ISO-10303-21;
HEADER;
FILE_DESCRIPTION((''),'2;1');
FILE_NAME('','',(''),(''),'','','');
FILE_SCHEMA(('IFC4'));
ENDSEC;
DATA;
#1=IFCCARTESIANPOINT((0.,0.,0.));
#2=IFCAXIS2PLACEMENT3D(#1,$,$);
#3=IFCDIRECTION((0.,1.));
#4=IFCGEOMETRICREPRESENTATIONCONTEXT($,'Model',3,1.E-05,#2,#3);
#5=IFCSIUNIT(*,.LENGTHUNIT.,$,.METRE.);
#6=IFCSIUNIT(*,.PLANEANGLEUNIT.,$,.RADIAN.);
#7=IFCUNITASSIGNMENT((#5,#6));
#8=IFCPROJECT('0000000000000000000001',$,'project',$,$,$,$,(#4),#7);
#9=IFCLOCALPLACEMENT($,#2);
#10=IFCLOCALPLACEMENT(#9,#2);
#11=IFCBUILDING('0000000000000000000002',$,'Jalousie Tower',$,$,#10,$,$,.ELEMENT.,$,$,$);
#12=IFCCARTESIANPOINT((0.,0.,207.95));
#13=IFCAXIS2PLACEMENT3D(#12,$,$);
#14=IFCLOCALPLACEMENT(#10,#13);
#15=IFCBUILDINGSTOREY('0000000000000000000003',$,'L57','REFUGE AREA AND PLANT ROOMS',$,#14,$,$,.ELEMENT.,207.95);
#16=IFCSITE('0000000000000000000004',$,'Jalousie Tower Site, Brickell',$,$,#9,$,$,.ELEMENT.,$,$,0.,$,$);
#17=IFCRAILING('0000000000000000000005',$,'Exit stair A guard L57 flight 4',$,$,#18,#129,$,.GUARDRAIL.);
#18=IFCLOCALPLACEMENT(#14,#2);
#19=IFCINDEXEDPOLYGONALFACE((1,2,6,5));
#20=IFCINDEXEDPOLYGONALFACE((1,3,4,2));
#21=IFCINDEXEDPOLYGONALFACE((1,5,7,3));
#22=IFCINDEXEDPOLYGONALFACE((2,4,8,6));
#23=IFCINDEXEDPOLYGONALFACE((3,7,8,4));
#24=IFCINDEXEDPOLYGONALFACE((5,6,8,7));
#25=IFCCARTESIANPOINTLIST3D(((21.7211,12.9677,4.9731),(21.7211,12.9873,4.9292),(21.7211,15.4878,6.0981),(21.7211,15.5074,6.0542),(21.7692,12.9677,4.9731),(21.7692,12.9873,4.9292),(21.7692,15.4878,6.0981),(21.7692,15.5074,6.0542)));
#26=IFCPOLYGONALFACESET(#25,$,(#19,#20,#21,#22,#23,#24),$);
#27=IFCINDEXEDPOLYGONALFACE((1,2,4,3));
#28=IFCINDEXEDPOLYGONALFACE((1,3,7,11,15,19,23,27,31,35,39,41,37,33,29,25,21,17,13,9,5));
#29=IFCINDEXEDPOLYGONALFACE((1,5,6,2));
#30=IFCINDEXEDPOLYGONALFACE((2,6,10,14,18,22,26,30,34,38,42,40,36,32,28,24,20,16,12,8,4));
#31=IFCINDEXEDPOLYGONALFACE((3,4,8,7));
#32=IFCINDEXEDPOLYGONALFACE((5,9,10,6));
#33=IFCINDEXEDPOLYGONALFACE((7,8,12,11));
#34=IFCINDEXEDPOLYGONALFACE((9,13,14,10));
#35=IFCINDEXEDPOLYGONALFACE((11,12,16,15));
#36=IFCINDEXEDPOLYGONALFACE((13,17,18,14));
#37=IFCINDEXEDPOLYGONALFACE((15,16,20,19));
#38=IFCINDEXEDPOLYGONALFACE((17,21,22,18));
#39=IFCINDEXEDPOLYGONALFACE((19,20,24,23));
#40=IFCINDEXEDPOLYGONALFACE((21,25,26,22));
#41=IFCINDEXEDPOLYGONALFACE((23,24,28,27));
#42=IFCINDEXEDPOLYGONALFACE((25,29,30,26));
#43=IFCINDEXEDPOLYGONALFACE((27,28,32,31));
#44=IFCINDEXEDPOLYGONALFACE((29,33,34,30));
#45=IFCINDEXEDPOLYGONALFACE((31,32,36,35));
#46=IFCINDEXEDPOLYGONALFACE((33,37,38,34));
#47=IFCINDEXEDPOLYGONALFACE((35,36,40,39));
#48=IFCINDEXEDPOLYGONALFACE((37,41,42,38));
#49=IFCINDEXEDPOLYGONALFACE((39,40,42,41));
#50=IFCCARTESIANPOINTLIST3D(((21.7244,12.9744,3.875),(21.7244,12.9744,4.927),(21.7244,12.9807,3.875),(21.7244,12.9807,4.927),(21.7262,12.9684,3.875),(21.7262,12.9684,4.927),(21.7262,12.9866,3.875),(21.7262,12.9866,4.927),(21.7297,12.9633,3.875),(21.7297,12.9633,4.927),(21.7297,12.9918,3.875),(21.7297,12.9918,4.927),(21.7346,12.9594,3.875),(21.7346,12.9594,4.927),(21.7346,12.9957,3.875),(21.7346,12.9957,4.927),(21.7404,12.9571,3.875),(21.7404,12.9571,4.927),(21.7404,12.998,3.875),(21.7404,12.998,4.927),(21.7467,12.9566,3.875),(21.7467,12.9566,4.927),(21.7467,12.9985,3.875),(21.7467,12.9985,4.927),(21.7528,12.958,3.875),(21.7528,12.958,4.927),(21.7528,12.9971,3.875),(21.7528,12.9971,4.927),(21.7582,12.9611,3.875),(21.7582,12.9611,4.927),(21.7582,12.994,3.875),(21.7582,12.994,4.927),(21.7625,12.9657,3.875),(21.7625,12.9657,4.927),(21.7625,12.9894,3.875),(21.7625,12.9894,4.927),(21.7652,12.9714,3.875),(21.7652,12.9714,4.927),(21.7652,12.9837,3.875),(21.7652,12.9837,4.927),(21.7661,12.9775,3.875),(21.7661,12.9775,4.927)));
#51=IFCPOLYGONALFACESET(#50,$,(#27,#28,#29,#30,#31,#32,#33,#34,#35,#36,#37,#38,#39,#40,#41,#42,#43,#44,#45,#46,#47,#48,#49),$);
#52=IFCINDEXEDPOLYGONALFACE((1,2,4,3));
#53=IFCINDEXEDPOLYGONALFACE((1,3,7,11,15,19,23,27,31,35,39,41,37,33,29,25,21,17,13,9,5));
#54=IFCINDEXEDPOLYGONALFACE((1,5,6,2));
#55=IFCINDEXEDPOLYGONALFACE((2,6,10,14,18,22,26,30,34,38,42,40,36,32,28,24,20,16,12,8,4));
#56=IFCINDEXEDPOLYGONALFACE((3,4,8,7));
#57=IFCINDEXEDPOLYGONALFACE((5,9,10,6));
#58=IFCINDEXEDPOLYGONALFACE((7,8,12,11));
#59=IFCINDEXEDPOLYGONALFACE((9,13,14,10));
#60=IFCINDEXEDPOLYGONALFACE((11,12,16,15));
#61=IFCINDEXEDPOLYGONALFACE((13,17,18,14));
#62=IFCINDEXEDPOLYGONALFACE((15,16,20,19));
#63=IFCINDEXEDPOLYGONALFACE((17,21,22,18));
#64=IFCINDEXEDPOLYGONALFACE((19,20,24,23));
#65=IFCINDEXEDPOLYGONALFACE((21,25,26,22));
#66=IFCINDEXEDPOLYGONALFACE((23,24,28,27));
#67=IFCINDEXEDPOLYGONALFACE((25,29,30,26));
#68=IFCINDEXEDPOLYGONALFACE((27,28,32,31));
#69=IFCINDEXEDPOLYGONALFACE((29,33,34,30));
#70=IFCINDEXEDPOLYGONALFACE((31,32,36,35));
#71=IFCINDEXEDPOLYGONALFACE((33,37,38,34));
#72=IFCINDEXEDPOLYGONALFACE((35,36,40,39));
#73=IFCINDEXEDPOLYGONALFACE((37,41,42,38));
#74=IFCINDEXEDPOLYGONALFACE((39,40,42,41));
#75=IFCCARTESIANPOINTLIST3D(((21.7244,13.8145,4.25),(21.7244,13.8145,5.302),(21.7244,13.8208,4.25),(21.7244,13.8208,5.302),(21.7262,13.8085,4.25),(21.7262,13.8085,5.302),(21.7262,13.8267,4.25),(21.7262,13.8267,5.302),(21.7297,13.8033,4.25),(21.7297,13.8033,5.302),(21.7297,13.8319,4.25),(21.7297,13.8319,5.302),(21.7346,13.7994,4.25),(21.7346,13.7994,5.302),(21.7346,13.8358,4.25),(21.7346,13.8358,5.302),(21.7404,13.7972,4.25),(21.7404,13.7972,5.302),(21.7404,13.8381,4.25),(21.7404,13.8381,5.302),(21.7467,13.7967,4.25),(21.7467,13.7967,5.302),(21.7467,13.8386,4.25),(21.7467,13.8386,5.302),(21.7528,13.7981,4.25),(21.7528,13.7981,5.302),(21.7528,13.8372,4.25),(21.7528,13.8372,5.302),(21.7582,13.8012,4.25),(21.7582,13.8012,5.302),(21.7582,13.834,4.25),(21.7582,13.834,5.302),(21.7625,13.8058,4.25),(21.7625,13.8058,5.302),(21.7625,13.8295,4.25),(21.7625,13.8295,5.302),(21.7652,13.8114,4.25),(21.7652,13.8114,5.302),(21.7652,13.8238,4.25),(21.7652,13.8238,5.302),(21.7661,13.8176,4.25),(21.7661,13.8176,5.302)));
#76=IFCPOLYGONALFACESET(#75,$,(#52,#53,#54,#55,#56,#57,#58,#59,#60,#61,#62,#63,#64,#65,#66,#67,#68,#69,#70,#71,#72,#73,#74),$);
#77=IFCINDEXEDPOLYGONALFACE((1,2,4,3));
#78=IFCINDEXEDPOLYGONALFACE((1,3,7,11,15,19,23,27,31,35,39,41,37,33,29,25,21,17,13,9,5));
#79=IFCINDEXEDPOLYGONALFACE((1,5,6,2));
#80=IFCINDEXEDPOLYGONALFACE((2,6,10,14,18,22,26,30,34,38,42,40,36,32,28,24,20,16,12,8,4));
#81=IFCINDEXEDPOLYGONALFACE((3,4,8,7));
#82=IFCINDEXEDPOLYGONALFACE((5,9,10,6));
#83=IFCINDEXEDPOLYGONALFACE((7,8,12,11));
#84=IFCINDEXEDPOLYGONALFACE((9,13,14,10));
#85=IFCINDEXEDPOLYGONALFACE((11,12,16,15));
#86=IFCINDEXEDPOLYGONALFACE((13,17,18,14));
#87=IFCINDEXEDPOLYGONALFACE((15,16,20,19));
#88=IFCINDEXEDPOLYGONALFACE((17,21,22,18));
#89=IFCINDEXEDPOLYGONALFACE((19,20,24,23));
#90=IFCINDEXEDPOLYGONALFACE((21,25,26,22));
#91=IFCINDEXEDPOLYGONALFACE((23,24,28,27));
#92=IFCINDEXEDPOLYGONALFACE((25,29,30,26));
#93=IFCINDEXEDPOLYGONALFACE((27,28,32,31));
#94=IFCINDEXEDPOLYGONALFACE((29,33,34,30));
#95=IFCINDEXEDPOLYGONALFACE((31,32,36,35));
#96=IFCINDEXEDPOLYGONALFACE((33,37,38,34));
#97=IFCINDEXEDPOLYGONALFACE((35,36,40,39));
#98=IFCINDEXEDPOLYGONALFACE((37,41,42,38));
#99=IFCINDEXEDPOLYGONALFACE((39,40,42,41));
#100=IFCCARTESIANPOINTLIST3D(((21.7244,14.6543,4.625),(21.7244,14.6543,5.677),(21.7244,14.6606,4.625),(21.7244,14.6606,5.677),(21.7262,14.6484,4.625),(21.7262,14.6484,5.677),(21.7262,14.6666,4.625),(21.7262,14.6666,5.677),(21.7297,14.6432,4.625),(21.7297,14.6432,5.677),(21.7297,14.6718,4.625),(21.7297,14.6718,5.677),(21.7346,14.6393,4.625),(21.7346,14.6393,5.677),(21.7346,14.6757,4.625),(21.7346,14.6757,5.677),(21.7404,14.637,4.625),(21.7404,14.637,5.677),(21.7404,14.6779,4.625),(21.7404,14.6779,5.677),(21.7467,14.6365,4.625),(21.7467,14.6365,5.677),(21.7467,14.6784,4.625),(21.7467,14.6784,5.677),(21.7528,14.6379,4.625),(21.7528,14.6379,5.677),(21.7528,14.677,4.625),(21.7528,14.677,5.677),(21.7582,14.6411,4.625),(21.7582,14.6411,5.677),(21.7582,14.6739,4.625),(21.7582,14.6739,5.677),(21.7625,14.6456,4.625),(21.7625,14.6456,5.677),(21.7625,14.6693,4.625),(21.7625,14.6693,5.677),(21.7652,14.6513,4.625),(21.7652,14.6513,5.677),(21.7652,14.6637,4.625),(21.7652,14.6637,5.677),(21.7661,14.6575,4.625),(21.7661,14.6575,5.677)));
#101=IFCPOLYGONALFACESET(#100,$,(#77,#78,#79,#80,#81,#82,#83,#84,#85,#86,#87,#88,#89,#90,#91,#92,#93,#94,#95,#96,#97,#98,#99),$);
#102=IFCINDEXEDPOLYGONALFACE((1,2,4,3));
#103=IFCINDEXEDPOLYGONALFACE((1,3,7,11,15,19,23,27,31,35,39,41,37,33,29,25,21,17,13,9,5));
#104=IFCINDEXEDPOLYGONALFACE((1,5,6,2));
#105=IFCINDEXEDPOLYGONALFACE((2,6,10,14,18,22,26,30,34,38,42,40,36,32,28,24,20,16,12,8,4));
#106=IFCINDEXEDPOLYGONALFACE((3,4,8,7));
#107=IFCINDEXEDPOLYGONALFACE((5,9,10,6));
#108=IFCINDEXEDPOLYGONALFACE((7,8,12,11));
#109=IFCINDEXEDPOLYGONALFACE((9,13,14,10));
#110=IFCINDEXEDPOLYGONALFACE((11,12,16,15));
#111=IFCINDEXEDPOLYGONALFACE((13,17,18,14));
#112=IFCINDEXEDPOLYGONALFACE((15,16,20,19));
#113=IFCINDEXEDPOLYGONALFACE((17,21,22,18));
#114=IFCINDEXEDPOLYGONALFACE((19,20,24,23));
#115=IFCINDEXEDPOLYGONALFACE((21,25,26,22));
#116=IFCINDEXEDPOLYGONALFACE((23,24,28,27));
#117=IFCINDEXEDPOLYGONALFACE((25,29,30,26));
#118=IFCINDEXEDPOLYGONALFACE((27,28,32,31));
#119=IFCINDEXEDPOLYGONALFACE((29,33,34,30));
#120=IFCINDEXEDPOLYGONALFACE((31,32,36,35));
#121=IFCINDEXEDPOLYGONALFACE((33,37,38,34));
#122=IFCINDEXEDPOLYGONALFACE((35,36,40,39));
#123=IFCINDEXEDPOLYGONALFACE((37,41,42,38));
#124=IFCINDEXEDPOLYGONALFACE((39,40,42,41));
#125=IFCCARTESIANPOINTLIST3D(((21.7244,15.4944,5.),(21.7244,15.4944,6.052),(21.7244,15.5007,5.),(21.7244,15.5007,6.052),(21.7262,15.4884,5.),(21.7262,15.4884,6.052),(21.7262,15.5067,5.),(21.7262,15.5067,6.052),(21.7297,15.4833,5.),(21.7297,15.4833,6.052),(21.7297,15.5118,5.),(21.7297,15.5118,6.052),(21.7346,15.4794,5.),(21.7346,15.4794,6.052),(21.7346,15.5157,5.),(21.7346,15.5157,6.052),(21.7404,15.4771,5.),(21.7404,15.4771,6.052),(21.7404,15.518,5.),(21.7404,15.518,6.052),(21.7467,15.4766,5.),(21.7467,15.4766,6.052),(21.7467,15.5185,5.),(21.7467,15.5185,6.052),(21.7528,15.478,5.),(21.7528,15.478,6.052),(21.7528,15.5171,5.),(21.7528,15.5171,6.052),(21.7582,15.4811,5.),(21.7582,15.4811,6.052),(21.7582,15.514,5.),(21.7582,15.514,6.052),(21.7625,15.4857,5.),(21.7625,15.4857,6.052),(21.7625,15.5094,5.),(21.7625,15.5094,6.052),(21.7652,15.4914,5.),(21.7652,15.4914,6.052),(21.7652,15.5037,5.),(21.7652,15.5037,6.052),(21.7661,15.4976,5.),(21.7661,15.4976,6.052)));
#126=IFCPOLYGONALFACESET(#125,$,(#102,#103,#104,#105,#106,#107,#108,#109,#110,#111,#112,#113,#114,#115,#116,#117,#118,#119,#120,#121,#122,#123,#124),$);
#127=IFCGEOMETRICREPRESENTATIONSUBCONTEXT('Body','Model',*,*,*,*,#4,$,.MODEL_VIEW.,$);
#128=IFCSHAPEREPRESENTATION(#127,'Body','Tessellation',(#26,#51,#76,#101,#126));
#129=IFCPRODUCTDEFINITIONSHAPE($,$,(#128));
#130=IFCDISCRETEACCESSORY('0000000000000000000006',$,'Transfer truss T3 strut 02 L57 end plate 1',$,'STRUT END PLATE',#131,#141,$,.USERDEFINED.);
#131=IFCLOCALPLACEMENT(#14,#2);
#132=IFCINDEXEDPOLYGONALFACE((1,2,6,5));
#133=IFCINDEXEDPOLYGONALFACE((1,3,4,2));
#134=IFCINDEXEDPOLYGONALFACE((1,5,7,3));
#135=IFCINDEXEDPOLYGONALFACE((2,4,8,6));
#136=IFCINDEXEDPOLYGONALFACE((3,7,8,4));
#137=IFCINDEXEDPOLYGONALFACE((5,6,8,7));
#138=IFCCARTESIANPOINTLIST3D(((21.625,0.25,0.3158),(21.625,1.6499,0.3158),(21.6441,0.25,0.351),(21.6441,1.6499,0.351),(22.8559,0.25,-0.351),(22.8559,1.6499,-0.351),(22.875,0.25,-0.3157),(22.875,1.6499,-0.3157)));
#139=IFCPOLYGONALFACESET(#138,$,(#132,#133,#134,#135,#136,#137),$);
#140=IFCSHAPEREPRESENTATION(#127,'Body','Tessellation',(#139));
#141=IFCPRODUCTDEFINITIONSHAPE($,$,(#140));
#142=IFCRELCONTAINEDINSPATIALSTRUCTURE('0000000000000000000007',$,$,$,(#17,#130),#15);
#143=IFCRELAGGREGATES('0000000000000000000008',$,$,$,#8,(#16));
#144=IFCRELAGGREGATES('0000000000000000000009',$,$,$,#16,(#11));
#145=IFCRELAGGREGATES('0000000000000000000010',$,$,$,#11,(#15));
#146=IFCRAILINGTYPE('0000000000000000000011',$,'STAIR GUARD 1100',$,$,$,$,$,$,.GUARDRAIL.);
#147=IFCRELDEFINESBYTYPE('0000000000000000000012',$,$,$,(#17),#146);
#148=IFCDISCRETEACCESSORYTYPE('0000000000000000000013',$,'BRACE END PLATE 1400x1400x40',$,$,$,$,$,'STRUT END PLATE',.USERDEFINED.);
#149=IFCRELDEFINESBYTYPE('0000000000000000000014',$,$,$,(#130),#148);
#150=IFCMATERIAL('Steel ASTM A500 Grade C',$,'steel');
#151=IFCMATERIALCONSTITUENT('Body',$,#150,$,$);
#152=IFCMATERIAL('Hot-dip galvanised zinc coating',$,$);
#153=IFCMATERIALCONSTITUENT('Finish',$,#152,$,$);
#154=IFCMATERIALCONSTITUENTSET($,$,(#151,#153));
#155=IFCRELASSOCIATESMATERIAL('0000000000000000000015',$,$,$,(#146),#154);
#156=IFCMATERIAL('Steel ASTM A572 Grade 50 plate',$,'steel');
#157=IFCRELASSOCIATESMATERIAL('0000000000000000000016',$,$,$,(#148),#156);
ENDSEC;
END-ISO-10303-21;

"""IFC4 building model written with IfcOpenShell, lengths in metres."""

from ifc_helpers import new_model, si_unit, direction, frame, origin, origin_2d, place, context, subcontext, project, spatial, rectangle, circle, extrude, material, constituent, constituent_set, material_profile, profile_set, type_object, element, save


model = new_model("IFC4")

# Units and contexts
model_context = context("Model", 3, precision=1e-05, world=origin(), true_north=direction((0.0, 1.0)))
body_context = subcontext(model_context, "Body", "Model", "MODEL_VIEW")
ifc_project = project(units=[si_unit("LENGTHUNIT", "METRE"), si_unit("PLANEANGLEUNIT", "RADIAN")], contexts=[model_context])

# Site, building, storey
site_placement = place(None, origin())
site = spatial("IfcSite", under=ifc_project, at=site_placement, Name="Jalousie Tower Site, Brickell", CompositionType="ELEMENT", RefElevation=0.0)
building_placement = place(site_placement, origin())
building = spatial("IfcBuilding", under=site, at=building_placement, Name="Jalousie Tower", CompositionType="ELEMENT")
storey_placement = place(building_placement, frame((0.0, 0.0, 207.95)))
storey = spatial("IfcBuildingStorey", under=building, at=storey_placement, Name="L57", Description="REFUGE AREA AND PLANT ROOMS", CompositionType="ELEMENT", Elevation=207.95)

# Railing
ifc_material_1 = material(Name="Steel ASTM A500 Grade C", Category="steel")
ifc_constituent_1 = constituent(ifc_material_1, Name="Body")
ifc_material_2 = material(Name="Hot-dip galvanised zinc coating")
ifc_constituent_2 = constituent(ifc_material_2, Name="Finish")
ifc_constituent_set = constituent_set(constituents=[ifc_constituent_1, ifc_constituent_2])
railing_type_1 = type_object("IfcRailingType", Name="STAIR GUARD 1100", PredefinedType="GUARDRAIL", material=ifc_constituent_set)
for number, where, name in (
    (1, (21.7451, 12.9775, 3.875), "Exit stair A guard L57 flight 4"),
):
    element("IfcRailing", number, at=place(storey_placement, frame(where)), inside=storey, type_object=railing_type_1, Name=name, PredefinedType="GUARDRAIL", context=body_context, shape_type="SweptSolid", body=[
        extrude(rectangle(XDim=0.0481, YDim=0.0481, at=origin_2d()), frame((0.0, 0.0, 1.0762), z_axis=(0.0, 0.913139, 0.407648), x_axis=(-1.0, 0.0, 0.0)), (0.0, 0.0, 1.0), 2.7598),
        extrude(circle(Radius=0.021, at=origin_2d()), origin(), (0.0, 0.0, 1.0), 1.052),
        extrude(circle(Radius=0.021, at=origin_2d()), frame((0.0, 0.8401, 0.375)), (0.0, 0.0, 1.0), 1.052),
        extrude(circle(Radius=0.021, at=origin_2d()), frame((0.0, 1.6799, 0.75)), (0.0, 0.0, 1.0), 1.052),
        extrude(circle(Radius=0.021, at=origin_2d()), frame((0.0, 2.52, 1.125)), (0.0, 0.0, 1.0), 1.052),
    ])

# Discrete accessory
ifc_material_3 = material(Name="Steel ASTM A572 Grade 50 plate", Category="steel")
ifc_material_profile_1 = material_profile(ifc_material_3, rectangle(XDim=1.3999, YDim=1.3999, at=origin_2d()), Name="BRACE END PLATE 1400x1400x40")
ifc_profile_set_1 = profile_set([ifc_material_profile_1], Name="Steel ASTM A572 Grade 50 plate")
discrete_accessory_type = type_object("IfcDiscreteAccessoryType", Name="BRACE END PLATE 1400x1400x40", ElementType="STRUT END PLATE", PredefinedType="USERDEFINED", material=ifc_profile_set_1)
discrete_accessory_placement = place(storey_placement, frame((22.2405, 0.95, -0.0176), z_axis=(0.476283, 0.0, 0.879292), x_axis=(0.0, 1.0, 0.0)))
element("IfcDiscreteAccessory", 2, at=discrete_accessory_placement, inside=storey, type_object=discrete_accessory_type, Name="Transfer truss T3 strut 02 L57 end plate 1", ObjectType="STRUT END PLATE", PredefinedType="USERDEFINED", context=body_context, shape_type="SweptSolid", body=[
    extrude(rectangle(XDim=1.3999, YDim=1.3999, at=origin_2d()), origin(), (0.0, 0.0, 1.0), 0.04),
])

save(model, "model.ifc")
